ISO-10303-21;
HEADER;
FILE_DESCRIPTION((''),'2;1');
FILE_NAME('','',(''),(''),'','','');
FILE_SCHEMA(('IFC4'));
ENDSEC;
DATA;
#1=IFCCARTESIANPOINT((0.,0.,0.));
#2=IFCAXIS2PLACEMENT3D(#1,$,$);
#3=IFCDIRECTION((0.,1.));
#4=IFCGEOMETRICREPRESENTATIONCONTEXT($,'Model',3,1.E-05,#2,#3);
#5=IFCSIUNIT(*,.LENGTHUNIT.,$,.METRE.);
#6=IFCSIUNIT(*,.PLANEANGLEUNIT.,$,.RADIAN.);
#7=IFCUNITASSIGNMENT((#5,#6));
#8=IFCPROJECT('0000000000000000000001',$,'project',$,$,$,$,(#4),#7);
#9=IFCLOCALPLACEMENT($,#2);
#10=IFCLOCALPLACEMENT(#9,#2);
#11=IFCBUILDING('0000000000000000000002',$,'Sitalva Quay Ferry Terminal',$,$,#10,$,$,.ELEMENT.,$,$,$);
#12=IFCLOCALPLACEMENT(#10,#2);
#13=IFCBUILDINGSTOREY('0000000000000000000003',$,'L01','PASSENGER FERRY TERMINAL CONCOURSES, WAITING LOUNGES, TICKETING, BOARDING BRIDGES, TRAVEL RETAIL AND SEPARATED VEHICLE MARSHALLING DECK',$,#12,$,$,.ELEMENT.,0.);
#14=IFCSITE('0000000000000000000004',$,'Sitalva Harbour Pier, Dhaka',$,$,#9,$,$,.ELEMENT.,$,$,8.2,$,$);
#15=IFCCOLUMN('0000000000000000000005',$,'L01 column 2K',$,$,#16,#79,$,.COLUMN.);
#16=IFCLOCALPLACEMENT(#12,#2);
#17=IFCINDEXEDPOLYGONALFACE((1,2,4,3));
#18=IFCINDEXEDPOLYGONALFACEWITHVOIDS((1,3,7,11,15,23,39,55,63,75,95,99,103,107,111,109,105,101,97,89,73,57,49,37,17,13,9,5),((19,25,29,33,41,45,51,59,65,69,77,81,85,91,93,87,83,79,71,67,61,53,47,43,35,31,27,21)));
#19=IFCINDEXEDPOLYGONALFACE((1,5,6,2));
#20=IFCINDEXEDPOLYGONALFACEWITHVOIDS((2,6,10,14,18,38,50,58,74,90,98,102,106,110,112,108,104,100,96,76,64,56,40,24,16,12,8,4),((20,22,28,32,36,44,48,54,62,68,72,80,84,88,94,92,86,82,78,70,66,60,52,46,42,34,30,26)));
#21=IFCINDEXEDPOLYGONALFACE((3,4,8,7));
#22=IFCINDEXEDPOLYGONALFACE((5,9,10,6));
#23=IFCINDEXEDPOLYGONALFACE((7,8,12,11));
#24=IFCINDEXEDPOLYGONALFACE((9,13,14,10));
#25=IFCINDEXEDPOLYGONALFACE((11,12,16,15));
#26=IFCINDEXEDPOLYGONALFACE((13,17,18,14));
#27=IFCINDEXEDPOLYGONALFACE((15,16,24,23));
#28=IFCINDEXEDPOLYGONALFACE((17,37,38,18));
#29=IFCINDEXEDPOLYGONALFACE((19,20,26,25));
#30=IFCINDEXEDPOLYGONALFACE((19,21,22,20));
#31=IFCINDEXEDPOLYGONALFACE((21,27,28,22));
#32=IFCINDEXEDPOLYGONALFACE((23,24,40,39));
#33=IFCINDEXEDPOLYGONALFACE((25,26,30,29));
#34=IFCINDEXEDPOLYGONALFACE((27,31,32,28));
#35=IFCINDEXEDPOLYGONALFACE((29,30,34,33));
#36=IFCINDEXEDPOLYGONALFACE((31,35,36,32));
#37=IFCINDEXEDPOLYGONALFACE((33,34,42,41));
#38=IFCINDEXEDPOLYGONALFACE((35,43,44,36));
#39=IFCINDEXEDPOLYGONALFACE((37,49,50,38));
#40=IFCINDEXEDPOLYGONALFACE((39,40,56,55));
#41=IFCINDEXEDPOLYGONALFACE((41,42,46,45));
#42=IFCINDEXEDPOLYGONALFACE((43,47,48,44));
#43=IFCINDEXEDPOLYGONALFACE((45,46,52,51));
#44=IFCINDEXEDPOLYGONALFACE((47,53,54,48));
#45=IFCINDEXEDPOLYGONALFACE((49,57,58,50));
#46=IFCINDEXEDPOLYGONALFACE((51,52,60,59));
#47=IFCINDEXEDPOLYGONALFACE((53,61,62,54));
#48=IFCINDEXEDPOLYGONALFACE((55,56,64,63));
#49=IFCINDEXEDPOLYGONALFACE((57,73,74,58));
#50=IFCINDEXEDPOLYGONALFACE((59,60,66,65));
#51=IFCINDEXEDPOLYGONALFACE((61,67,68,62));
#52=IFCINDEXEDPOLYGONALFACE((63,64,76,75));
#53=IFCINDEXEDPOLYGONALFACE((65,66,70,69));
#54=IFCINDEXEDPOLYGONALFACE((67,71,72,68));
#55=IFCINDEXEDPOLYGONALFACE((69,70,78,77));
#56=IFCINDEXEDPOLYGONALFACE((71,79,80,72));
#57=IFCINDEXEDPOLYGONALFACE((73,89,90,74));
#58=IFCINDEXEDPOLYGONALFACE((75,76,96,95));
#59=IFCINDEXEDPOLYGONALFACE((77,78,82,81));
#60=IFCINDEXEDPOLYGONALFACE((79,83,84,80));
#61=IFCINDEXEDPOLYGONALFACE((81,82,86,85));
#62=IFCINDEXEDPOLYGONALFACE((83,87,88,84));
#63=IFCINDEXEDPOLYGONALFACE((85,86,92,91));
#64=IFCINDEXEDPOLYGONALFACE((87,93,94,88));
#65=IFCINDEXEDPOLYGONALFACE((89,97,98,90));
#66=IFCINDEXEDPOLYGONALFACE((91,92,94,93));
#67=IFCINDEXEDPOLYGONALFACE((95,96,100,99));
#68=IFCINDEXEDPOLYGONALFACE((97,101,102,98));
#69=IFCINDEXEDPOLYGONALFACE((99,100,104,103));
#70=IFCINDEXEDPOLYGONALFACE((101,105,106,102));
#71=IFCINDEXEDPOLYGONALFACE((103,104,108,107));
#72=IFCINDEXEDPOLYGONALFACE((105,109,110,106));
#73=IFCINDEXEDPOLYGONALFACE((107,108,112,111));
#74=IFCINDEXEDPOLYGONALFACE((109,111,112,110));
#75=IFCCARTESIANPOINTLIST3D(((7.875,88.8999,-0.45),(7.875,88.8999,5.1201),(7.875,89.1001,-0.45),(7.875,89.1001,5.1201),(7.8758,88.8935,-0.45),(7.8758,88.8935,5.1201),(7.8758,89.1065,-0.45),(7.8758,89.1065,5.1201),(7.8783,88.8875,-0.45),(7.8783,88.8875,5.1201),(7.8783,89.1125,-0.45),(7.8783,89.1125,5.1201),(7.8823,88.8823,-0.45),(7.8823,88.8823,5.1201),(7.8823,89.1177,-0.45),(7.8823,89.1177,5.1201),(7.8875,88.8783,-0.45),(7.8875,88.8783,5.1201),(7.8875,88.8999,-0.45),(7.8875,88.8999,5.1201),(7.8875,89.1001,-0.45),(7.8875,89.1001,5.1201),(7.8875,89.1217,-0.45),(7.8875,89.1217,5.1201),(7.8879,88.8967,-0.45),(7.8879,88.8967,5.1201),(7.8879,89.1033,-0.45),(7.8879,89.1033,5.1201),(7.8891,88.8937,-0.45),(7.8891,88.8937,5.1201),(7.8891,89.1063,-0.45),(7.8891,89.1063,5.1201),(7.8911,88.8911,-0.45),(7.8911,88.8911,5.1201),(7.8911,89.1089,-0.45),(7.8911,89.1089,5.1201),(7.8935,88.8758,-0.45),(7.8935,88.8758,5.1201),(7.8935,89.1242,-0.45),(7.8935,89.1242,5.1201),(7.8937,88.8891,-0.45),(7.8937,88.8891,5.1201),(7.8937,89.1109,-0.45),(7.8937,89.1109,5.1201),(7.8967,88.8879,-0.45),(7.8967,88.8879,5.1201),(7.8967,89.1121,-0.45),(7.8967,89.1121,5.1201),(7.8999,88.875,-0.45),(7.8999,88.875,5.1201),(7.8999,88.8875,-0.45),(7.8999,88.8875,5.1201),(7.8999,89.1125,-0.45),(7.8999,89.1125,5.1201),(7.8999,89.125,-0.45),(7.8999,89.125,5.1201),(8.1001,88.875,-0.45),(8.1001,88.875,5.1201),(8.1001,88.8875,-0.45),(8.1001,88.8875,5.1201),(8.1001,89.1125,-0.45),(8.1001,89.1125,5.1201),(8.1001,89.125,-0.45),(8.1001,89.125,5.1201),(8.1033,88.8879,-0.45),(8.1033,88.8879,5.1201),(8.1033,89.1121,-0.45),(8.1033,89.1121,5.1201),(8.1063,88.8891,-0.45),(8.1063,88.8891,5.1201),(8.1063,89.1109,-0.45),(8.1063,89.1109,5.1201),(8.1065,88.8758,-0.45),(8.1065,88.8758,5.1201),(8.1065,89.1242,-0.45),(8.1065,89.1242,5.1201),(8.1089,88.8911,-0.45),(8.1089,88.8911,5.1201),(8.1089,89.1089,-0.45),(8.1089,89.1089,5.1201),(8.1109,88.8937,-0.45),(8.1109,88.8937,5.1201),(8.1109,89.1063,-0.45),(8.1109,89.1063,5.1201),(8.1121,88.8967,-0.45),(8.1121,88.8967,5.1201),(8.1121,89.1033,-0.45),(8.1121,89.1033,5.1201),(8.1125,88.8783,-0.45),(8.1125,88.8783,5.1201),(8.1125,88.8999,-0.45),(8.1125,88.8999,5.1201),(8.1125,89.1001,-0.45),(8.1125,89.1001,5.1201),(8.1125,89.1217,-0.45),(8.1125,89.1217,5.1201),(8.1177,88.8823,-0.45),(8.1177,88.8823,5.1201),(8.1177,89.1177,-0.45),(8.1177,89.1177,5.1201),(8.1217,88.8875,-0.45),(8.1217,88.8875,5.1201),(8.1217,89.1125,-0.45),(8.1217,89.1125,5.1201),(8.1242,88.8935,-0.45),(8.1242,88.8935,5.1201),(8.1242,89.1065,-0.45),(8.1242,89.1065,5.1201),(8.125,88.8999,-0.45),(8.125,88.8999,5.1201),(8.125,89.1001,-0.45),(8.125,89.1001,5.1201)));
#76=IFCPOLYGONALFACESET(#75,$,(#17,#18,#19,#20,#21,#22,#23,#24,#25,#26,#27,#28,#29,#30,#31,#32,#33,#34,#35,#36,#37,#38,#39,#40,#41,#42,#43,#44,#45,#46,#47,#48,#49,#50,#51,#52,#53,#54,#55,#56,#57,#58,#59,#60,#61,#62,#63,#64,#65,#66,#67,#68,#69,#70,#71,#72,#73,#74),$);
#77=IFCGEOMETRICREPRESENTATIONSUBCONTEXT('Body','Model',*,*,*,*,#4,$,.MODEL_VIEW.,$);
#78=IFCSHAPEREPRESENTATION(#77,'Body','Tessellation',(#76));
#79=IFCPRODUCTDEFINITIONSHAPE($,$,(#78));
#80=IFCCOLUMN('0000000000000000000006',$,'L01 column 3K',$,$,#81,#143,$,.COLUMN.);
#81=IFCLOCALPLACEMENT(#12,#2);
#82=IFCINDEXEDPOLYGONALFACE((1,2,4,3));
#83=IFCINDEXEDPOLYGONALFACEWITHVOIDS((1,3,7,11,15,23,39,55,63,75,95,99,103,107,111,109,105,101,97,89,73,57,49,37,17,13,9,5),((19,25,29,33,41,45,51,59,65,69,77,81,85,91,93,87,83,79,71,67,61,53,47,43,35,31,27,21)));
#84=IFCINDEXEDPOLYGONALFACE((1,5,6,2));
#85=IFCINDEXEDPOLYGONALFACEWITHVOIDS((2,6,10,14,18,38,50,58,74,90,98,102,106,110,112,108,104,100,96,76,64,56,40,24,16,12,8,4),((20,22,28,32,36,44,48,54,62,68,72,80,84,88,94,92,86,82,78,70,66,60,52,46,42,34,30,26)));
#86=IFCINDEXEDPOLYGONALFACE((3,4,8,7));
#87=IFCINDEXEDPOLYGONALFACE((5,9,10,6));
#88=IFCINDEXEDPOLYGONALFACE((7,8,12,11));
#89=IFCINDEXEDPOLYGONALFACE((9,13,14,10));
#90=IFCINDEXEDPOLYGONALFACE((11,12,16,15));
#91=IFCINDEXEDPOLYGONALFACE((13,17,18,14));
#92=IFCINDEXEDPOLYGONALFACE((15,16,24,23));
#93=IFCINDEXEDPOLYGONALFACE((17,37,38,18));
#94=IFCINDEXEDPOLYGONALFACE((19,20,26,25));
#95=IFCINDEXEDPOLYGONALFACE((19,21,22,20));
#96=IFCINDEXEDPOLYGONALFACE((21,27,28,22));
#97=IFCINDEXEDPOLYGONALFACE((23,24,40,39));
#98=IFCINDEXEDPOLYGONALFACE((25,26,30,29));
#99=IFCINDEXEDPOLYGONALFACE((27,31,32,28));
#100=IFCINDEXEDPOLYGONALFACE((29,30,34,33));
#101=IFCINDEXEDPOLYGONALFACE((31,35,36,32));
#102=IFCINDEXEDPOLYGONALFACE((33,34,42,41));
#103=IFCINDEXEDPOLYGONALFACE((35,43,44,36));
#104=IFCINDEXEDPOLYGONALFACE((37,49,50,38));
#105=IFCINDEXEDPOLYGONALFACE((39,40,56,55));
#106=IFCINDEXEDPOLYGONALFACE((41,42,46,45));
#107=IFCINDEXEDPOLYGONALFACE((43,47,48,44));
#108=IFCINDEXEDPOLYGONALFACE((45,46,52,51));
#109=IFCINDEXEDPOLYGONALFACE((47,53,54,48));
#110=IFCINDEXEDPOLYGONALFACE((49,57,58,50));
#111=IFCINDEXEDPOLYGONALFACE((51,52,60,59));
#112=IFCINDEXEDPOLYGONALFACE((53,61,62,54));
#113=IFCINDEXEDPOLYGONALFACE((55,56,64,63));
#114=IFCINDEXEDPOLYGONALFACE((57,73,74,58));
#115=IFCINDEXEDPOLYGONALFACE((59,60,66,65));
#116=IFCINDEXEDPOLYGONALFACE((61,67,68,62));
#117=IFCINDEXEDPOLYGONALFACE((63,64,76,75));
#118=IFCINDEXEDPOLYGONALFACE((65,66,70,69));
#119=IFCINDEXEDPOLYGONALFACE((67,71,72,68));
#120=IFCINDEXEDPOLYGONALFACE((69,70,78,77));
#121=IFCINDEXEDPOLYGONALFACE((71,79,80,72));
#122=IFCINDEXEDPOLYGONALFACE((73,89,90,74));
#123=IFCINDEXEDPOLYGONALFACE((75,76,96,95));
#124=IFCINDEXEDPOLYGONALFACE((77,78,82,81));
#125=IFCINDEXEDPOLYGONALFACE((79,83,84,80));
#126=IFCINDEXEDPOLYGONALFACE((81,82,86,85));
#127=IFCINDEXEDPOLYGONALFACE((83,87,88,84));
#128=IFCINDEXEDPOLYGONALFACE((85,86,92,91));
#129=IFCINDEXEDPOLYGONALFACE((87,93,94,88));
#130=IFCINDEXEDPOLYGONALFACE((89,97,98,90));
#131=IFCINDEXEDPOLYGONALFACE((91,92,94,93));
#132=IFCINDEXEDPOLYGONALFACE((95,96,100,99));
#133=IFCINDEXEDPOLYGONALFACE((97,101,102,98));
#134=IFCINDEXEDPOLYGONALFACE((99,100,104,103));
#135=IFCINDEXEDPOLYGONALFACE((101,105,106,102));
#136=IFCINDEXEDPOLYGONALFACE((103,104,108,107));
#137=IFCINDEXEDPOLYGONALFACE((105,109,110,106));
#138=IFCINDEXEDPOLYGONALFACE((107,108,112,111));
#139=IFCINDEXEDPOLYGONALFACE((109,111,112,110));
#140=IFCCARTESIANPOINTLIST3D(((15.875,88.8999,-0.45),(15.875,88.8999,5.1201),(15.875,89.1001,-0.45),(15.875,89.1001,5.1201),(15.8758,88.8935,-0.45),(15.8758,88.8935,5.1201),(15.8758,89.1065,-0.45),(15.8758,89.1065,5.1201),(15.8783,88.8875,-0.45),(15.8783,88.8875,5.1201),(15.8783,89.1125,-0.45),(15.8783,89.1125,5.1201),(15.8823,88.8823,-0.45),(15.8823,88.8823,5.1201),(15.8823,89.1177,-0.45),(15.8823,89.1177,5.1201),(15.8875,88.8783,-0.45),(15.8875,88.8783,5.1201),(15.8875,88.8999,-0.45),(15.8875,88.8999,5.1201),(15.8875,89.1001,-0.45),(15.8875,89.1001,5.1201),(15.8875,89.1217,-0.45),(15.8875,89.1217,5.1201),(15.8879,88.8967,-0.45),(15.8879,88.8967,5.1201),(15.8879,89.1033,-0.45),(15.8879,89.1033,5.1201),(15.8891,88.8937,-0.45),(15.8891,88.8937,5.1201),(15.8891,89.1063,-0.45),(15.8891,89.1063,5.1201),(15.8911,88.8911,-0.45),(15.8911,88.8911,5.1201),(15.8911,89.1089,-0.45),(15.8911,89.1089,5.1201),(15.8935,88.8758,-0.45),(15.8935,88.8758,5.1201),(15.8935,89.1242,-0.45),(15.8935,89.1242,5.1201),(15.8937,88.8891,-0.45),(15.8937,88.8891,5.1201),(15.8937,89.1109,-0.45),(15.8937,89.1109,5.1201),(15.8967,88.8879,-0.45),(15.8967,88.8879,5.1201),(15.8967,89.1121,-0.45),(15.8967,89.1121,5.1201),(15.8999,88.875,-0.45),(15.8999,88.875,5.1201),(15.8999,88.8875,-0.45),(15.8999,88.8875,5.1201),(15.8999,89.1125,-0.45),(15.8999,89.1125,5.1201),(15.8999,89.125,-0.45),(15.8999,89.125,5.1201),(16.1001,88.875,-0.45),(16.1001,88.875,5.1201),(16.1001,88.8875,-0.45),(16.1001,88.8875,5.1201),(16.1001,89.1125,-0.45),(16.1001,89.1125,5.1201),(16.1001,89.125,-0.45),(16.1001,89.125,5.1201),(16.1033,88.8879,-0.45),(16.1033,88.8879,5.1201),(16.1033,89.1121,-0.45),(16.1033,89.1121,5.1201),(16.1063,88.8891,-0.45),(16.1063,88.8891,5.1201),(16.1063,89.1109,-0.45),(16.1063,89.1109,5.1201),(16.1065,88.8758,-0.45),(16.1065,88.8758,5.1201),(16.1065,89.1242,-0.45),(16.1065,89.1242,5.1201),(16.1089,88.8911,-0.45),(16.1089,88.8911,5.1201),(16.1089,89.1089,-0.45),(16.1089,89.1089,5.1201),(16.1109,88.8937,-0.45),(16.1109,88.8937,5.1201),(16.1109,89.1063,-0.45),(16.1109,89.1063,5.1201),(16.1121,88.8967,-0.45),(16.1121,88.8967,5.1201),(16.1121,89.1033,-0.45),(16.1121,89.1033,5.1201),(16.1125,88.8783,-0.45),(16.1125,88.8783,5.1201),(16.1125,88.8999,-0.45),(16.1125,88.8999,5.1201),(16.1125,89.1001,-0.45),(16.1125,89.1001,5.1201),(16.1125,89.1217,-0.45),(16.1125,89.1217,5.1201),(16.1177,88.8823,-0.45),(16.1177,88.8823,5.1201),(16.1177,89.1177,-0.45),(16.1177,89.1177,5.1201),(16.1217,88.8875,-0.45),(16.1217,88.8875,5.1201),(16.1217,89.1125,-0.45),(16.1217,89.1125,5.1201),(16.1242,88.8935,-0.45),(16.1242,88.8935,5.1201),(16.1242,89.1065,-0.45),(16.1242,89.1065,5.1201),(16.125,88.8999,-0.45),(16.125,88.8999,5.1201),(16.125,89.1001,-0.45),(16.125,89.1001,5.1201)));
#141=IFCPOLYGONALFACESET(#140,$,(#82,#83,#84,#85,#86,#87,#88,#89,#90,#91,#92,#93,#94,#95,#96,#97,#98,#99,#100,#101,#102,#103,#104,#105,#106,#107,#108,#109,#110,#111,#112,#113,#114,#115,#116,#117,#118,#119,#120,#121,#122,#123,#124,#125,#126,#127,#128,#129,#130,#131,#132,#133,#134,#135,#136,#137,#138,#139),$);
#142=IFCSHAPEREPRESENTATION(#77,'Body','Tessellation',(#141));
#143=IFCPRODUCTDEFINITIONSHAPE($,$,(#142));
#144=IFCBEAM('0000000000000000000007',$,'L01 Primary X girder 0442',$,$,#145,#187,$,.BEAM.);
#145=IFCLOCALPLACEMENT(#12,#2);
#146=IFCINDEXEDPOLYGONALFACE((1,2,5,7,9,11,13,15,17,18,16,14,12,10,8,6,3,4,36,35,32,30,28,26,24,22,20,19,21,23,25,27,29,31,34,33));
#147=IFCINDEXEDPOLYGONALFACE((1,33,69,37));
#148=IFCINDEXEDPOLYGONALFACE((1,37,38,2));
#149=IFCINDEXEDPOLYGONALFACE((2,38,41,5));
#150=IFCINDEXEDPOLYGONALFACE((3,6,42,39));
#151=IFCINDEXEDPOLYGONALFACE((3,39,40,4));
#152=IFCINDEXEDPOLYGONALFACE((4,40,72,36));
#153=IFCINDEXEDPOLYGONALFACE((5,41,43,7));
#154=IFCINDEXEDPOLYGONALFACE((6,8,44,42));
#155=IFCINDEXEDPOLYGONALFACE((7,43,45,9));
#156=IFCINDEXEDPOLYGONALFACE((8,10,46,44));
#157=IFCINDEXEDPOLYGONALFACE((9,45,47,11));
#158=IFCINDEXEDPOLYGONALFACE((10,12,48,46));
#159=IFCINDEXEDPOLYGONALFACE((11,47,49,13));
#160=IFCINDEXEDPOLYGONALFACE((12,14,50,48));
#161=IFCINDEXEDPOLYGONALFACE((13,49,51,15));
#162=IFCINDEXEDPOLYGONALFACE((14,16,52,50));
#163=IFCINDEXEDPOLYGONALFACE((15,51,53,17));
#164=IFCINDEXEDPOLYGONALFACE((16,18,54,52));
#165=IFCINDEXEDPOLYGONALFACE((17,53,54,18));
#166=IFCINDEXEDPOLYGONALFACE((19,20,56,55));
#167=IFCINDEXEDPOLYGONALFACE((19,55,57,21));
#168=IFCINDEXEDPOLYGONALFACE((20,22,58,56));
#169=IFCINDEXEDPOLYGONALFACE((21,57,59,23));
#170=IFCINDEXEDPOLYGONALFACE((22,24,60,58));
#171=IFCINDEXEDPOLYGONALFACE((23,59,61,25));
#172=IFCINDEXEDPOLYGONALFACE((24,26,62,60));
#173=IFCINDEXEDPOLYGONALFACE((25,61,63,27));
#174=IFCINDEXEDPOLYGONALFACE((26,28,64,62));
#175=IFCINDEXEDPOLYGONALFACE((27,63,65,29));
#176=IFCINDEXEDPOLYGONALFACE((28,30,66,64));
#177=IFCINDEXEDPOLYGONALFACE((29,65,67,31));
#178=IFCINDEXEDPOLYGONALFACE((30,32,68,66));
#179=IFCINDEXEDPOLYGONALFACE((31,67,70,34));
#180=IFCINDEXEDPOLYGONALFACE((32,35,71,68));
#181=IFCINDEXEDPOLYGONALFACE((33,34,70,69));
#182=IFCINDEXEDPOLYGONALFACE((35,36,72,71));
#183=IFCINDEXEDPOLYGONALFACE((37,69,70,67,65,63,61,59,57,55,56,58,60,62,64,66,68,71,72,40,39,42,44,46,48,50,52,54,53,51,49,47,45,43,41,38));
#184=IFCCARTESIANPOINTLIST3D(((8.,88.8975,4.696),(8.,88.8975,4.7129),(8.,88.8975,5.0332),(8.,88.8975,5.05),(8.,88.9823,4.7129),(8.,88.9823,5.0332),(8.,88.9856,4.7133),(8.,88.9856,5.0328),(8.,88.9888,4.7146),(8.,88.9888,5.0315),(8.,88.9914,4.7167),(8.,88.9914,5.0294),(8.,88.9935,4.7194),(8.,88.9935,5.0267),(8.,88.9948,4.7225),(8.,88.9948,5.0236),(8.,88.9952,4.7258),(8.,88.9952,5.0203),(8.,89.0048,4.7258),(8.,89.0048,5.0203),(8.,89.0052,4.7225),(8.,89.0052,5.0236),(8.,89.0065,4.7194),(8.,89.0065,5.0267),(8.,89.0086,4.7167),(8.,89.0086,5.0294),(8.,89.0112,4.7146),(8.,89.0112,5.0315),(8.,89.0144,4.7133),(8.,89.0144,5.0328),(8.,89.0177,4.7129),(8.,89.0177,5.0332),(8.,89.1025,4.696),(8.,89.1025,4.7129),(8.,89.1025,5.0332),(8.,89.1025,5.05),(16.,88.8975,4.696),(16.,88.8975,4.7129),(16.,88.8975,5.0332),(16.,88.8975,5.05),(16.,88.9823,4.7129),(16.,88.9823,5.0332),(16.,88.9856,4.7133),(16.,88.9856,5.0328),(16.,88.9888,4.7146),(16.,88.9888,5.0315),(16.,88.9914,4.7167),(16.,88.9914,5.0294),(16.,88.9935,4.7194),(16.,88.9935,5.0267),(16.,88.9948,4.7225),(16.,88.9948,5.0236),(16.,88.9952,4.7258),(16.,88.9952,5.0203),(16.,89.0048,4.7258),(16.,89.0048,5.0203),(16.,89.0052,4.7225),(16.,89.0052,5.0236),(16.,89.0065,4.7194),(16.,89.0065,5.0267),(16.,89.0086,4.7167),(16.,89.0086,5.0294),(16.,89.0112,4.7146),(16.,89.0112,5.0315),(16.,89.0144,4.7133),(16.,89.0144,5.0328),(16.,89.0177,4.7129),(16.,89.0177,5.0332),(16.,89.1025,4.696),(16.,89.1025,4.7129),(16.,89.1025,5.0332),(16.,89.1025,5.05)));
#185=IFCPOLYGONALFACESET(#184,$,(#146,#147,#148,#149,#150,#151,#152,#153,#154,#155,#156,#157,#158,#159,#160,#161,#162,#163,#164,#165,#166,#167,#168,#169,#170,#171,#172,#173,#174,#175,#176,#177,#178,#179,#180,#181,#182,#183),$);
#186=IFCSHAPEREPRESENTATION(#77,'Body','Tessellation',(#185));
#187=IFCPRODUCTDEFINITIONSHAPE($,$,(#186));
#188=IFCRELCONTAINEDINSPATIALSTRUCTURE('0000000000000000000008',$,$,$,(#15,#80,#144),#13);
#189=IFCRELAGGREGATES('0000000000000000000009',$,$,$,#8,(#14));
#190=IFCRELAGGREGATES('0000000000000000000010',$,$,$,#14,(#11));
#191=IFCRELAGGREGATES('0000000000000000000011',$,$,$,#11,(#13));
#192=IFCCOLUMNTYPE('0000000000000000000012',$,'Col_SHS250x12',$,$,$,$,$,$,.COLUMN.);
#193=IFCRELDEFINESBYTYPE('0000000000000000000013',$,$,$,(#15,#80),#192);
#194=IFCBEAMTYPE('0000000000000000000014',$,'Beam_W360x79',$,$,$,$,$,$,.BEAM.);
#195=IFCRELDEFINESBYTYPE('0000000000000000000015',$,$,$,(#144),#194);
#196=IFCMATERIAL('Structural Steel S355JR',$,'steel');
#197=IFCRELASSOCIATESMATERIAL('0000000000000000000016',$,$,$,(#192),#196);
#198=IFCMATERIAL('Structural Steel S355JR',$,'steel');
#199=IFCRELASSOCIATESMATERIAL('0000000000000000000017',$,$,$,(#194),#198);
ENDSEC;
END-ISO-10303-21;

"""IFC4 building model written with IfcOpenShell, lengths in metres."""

from ifc_helpers import new_model, si_unit, direction, frame, origin, origin_2d, place, context, subcontext, project, spatial, hollow_rectangle, i_section, extrude, material, material_profile, profile_set, type_object, element, save


model = new_model("IFC4")

# Units and contexts
model_context = context("Model", 3, precision=1e-05, world=origin(), true_north=direction((0.0, 1.0)))
body_context = subcontext(model_context, "Body", "Model", "MODEL_VIEW")
ifc_project = project(units=[si_unit("LENGTHUNIT", "METRE"), si_unit("PLANEANGLEUNIT", "RADIAN")], contexts=[model_context])

# Site, building, storey
site_placement = place(None, origin())
site = spatial("IfcSite", under=ifc_project, at=site_placement, Name="Sitalva Harbour Pier, Dhaka", CompositionType="ELEMENT", RefElevation=8.2)
building_placement = place(site_placement, origin())
building = spatial("IfcBuilding", under=site, at=building_placement, Name="Sitalva Quay Ferry Terminal", CompositionType="ELEMENT")
storey_placement = place(building_placement, origin())
storey = spatial("IfcBuildingStorey", under=building, at=storey_placement, Name="L01", Description="PASSENGER FERRY TERMINAL CONCOURSES, WAITING LOUNGES, TICKETING, BOARDING BRIDGES, TRAVEL RETAIL AND SEPARATED VEHICLE MARSHALLING DECK", CompositionType="ELEMENT", Elevation=0.0)

# Columns
ifc_material_1 = material(Name="Structural Steel S355JR", Category="steel")
ifc_material_profile_1 = material_profile(ifc_material_1, hollow_rectangle(XDim=0.25, YDim=0.25, WallThickness=0.0125, InnerFilletRadius=0.0125, OuterFilletRadius=0.0249, at=origin_2d()), Name="SHS250x250x12.5")
ifc_profile_set_1 = profile_set([ifc_material_profile_1], Name="Structural Steel S355JR")
column_type = type_object("IfcColumnType", Name="Col_SHS250x12", PredefinedType="COLUMN", material=ifc_profile_set_1)
for number, where, z_axis, x_axis, name in (
    (1, (8.0, 89.0, -0.45), (0.0, 0.0, 1.0), (1.0, 0.0, 0.0), "L01 column 2K"),
    (2, (16.0, 89.0, -0.45), (0.0, 0.0, 1.0), (1.0, 0.0, 0.0), "L01 column 3K"),
):
    element("IfcColumn", number, at=place(storey_placement, frame(where, z_axis=z_axis, x_axis=x_axis)), inside=storey, type_object=column_type, Name=name, PredefinedType="COLUMN", context=body_context, shape_type="SweptSolid", body=[
        extrude(hollow_rectangle(XDim=0.25, YDim=0.25, WallThickness=0.0125, InnerFilletRadius=0.0125, OuterFilletRadius=0.0249, at=origin_2d()), origin(), (0.0, 0.0, 1.0), 5.5701),
    ])

# Beam
ifc_material_2 = material(Name="Structural Steel S355JR", Category="steel")
ifc_material_profile_2 = material_profile(ifc_material_2, i_section(OverallWidth=0.2051, OverallDepth=0.354, WebThickness=0.0095, FlangeThickness=0.0168, FilletRadius=0.0129, at=origin_2d()), Name="W360x79")
ifc_profile_set_2 = profile_set([ifc_material_profile_2], Name="Structural Steel S355JR")
beam_type_1 = type_object("IfcBeamType", Name="Beam_W360x79", PredefinedType="BEAM", material=ifc_profile_set_2)
beam_1_placement = place(storey_placement, frame((8.0, 89.0, 4.873), z_axis=(1.0, 0.0, 0.0), x_axis=(0.0, 1.0, 0.0)))
element("IfcBeam", 3, at=beam_1_placement, inside=storey, type_object=beam_type_1, Name="L01 Primary X girder 0442", PredefinedType="BEAM", context=body_context, shape_type="SweptSolid", body=[
    extrude(i_section(OverallWidth=0.2051, OverallDepth=0.354, WebThickness=0.0095, FlangeThickness=0.0168, FilletRadius=0.0129, at=origin_2d()), origin(), (0.0, 0.0, 1.0), 8.0),
])

save(model, "model.ifc")
